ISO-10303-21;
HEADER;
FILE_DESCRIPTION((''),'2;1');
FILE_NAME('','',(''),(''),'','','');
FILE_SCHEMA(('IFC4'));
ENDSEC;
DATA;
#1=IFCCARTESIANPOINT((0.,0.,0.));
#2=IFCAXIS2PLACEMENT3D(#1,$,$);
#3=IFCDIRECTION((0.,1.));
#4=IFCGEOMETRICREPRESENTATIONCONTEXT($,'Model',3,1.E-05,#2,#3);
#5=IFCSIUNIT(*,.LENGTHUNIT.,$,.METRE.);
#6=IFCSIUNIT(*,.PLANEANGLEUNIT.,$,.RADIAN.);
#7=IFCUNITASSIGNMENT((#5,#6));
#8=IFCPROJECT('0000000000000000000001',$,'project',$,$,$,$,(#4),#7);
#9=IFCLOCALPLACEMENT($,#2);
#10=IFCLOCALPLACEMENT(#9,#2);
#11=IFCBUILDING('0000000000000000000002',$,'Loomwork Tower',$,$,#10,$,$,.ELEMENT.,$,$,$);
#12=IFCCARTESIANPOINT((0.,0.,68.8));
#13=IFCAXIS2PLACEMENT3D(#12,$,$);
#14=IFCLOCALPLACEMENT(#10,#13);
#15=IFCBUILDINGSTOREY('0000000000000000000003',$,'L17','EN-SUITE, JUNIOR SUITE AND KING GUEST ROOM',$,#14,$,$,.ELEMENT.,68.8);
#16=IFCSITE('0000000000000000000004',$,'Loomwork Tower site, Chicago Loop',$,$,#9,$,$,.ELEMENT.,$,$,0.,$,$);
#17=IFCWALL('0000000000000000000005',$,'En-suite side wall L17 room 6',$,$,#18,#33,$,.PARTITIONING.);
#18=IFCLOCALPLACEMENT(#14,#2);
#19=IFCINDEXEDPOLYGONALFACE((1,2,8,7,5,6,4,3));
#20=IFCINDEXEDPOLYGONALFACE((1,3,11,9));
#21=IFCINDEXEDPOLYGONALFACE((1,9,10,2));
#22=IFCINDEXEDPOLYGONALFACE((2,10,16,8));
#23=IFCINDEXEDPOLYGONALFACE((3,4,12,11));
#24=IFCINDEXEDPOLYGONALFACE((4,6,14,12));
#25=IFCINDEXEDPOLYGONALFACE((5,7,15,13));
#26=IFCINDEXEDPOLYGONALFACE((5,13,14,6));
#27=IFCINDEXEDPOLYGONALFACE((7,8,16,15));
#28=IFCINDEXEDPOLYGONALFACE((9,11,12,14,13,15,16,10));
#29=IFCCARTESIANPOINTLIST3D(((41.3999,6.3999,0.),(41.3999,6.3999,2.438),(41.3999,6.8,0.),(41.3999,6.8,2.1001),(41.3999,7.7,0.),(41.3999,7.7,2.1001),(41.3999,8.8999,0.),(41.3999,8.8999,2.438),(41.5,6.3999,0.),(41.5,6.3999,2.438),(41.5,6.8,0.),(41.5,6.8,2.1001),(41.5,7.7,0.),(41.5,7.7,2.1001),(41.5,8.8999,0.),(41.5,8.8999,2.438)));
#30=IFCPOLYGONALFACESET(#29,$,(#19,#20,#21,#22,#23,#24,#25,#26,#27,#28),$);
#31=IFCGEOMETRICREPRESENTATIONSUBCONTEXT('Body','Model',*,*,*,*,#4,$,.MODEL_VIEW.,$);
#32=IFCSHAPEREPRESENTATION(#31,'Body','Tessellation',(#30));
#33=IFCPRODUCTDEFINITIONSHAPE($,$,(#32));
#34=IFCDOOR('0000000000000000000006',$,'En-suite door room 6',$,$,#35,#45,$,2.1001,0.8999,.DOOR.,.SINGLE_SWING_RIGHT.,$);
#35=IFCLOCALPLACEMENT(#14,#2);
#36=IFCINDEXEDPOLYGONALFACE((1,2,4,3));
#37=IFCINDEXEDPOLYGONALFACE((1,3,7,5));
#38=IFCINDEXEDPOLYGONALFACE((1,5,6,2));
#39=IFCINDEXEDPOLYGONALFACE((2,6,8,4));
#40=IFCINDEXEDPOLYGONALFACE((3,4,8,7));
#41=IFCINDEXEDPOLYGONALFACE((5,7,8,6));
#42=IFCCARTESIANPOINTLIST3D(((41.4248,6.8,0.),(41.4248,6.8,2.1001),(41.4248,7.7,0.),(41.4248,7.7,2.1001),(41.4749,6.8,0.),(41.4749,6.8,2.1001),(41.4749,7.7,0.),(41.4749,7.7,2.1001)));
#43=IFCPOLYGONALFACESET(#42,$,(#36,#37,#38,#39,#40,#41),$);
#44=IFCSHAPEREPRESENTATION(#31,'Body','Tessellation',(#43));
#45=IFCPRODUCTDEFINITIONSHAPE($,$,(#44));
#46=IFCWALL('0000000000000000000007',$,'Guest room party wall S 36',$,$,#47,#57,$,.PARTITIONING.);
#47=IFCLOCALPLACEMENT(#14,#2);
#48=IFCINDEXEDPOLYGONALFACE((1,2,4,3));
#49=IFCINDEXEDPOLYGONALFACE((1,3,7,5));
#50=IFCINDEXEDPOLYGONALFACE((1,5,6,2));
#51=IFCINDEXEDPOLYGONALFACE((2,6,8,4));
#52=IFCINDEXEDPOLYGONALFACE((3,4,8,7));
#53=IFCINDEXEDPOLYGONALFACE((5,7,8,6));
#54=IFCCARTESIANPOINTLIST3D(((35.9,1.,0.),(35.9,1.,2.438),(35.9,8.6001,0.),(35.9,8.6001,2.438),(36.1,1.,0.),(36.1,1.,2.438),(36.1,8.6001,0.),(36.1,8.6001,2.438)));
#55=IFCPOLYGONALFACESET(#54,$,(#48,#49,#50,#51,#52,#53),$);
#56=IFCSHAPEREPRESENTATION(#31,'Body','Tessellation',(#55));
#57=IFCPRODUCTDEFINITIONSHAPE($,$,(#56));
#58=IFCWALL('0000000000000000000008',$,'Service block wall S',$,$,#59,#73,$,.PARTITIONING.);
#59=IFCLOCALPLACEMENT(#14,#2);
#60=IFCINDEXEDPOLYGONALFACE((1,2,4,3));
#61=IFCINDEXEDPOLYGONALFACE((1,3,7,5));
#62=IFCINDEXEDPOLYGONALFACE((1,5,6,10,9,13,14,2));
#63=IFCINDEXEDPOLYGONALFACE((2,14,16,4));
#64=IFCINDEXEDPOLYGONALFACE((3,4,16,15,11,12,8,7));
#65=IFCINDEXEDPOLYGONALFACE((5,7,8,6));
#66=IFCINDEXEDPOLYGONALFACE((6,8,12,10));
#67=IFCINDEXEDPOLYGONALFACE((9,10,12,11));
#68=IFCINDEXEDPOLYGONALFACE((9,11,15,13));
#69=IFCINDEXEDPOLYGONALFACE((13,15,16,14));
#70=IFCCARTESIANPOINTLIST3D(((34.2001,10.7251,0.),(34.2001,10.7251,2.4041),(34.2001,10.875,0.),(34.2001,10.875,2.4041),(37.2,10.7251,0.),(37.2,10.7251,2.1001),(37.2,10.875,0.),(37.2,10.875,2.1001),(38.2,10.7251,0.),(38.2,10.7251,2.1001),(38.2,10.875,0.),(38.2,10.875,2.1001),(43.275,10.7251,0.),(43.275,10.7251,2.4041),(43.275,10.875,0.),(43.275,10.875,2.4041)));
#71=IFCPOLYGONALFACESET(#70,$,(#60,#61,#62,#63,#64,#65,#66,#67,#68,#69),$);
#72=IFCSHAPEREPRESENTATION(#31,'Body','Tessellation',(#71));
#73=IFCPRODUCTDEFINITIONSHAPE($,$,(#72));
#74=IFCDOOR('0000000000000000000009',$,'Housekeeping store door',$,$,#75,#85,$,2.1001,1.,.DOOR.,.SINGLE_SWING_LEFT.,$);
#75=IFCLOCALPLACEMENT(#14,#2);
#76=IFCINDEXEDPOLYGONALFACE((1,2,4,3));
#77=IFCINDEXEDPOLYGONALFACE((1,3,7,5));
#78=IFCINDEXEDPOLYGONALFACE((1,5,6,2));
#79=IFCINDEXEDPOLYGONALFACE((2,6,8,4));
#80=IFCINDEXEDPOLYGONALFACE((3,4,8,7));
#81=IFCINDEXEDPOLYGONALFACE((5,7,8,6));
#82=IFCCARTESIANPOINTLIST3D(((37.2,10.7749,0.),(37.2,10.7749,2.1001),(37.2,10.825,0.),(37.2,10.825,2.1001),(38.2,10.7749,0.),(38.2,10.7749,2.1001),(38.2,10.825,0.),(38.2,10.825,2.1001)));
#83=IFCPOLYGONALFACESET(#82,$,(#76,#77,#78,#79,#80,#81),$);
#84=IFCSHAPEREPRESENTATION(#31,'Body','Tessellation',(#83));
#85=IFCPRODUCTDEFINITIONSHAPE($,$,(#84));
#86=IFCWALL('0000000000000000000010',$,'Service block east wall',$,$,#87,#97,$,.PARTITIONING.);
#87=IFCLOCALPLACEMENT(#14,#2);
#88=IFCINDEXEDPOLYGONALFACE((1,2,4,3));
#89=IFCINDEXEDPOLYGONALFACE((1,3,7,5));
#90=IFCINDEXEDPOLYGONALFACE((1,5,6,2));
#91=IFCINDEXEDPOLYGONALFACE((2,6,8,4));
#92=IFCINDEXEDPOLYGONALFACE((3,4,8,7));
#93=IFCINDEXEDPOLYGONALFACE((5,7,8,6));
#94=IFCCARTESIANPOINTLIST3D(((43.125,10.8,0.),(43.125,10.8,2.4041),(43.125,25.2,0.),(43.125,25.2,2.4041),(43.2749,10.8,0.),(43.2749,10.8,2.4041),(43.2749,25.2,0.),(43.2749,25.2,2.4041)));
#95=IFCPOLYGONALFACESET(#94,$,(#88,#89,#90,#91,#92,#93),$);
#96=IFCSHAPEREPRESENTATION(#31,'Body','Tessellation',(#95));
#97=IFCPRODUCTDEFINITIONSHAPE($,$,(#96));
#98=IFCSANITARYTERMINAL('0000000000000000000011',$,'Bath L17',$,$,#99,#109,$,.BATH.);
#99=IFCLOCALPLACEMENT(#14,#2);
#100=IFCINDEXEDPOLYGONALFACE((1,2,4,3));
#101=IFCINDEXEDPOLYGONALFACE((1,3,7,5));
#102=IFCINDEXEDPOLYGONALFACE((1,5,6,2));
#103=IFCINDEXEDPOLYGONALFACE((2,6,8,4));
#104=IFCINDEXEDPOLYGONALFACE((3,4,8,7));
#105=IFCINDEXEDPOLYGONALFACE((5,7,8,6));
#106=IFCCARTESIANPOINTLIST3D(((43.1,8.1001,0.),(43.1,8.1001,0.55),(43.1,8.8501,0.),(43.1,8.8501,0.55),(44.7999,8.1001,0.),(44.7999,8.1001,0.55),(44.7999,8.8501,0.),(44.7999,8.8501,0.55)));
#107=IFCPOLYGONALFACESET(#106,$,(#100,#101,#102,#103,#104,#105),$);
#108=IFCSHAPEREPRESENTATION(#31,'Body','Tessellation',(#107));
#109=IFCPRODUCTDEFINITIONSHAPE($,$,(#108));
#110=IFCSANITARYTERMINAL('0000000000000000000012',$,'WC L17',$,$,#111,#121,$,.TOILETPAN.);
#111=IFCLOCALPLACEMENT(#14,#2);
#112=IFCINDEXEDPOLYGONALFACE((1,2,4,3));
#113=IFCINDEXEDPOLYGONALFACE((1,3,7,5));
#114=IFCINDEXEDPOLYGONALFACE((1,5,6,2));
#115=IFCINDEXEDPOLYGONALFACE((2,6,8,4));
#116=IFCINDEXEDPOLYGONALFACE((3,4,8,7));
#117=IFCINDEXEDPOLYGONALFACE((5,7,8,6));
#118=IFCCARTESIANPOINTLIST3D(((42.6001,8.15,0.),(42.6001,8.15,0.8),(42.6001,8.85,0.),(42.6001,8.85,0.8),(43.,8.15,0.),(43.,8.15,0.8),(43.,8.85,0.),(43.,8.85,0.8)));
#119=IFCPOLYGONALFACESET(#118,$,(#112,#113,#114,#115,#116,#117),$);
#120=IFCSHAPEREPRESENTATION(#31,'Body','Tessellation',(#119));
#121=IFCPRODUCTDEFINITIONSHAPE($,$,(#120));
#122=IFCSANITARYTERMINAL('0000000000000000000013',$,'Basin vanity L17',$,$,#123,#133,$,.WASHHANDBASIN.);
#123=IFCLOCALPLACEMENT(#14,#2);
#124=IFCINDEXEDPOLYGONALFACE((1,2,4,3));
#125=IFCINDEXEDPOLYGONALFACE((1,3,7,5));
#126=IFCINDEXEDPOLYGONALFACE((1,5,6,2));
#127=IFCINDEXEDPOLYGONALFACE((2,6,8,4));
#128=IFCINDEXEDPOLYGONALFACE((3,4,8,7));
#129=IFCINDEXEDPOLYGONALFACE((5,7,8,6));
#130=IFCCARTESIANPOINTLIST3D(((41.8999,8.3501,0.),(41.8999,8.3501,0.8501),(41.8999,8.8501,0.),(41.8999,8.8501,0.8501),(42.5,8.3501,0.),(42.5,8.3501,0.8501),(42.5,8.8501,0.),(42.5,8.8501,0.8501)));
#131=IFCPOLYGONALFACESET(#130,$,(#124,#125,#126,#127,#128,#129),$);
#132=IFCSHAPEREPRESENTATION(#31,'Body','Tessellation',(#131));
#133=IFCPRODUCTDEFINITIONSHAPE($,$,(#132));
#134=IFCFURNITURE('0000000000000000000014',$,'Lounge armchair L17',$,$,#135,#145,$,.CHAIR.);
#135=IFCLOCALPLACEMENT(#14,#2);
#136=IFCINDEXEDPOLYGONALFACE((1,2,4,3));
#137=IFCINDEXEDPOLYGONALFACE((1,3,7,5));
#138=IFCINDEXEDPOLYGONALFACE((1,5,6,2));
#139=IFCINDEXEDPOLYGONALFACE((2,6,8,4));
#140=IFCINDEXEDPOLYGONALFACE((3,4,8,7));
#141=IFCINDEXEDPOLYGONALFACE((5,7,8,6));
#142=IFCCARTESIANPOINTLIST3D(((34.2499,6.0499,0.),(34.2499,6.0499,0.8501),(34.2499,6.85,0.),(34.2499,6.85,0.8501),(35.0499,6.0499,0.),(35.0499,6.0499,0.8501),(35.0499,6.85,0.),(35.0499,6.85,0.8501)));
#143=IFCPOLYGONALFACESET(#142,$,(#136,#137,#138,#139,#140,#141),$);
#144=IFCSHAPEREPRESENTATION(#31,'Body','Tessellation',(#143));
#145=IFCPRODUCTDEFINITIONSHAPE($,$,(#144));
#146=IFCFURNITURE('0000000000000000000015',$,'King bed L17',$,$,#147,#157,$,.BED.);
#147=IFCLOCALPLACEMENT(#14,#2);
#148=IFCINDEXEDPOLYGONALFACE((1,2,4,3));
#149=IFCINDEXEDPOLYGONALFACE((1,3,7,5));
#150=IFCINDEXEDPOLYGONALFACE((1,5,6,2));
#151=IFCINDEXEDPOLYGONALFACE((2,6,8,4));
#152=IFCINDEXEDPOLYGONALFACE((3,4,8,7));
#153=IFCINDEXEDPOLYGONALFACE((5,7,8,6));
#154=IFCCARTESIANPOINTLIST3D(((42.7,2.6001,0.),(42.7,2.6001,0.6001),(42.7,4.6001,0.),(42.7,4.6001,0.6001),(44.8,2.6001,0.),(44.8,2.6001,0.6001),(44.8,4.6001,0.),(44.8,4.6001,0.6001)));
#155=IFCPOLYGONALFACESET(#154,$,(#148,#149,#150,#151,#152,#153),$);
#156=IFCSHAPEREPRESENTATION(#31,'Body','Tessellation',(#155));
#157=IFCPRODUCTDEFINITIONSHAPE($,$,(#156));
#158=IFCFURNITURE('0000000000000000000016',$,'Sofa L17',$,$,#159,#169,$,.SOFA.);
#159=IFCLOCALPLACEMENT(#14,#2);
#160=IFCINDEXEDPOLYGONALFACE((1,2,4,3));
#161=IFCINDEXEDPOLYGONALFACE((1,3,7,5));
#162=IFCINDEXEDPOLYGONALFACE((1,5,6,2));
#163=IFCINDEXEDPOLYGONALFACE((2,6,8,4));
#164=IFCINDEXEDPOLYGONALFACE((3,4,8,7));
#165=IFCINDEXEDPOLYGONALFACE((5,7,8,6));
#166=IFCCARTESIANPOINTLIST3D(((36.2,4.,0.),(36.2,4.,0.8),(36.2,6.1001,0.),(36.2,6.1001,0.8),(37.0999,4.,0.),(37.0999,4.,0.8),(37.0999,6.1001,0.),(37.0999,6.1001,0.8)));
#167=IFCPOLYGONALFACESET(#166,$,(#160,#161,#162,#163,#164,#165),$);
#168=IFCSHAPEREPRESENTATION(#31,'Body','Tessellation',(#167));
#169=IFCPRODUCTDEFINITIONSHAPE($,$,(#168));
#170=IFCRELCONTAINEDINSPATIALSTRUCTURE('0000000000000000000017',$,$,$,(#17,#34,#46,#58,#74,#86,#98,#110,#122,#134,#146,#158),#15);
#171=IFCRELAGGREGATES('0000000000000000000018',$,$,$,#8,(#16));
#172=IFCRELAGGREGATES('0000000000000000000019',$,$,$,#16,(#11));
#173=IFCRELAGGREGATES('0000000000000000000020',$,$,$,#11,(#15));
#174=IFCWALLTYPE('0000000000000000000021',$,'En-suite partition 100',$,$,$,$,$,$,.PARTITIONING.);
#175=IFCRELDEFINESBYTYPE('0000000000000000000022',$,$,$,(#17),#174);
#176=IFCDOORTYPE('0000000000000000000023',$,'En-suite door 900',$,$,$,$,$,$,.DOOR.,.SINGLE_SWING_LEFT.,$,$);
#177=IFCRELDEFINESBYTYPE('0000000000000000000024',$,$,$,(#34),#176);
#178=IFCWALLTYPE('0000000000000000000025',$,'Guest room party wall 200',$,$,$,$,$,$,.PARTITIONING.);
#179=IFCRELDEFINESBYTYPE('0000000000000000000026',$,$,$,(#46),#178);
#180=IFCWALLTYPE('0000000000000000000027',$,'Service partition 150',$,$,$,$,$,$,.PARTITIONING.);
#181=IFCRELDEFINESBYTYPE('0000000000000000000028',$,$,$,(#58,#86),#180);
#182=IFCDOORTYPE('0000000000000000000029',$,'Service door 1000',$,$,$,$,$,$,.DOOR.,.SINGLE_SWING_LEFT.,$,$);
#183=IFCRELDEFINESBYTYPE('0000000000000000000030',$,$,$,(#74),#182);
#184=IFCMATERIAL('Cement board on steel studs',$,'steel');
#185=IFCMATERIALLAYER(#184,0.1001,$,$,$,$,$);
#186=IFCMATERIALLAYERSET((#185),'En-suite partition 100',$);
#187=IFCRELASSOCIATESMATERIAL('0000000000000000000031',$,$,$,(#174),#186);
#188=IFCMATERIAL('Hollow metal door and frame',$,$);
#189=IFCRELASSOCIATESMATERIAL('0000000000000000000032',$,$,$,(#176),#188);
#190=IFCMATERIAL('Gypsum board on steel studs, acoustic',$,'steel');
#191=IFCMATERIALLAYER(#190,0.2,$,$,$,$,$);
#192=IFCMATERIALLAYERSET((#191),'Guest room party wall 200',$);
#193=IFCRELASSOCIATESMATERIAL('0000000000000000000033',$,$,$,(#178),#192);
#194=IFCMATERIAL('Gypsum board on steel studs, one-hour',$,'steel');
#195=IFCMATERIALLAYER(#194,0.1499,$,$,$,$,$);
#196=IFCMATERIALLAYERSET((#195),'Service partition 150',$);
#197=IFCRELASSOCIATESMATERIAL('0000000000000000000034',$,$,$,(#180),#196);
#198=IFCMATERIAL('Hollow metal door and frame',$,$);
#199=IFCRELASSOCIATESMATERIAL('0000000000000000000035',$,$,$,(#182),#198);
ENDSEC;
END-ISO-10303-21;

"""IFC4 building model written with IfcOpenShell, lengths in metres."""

from ifc_helpers import new_model, si_unit, direction, frame, frame_2d, origin, origin_2d, place, context, subcontext, project, spatial, rectangle, extrude, material, layer, layer_set, type_object, element, fill, save


model = new_model("IFC4")

# Units and contexts
model_context = context("Model", 3, precision=1e-05, world=origin(), true_north=direction((0.0, 1.0)))
body_context = subcontext(model_context, "Body", "Model", "MODEL_VIEW")
ifc_project = project(units=[si_unit("LENGTHUNIT", "METRE"), si_unit("PLANEANGLEUNIT", "RADIAN")], contexts=[model_context])

# Site, building, storey
site_placement = place(None, origin())
site = spatial("IfcSite", under=ifc_project, at=site_placement, Name="Loomwork Tower site, Chicago Loop", CompositionType="ELEMENT", RefElevation=0.0)
building_placement = place(site_placement, origin())
building = spatial("IfcBuilding", under=site, at=building_placement, Name="Loomwork Tower", CompositionType="ELEMENT")
storey_placement = place(building_placement, frame((0.0, 0.0, 68.8)))
storey = spatial("IfcBuildingStorey", under=building, at=storey_placement, Name="L17", Description="EN-SUITE, JUNIOR SUITE AND KING GUEST ROOM", CompositionType="ELEMENT", Elevation=68.8)

# Shared definitions
ifc_material_1 = material(Name="Cement board on steel studs", Category="steel")
ifc_layer_1 = layer(ifc_material_1, 0.1001)
ifc_layer_set_1 = layer_set([ifc_layer_1], Name="En-suite partition 100")
wall_type_1 = type_object("IfcWallType", Name="En-suite partition 100", PredefinedType="PARTITIONING", material=ifc_layer_set_1)

# Wall, opening, door
wall_1_placement = place(storey_placement, frame((41.45, 8.8999, 0.0), z_axis=(0.0, 0.0, 1.0), x_axis=(0.0, -1.0, 0.0)))
wall_1 = element("IfcWall", 1, at=wall_1_placement, inside=storey, type_object=wall_type_1, Name="En-suite side wall L17 room 6", PredefinedType="PARTITIONING", context=body_context, shape_type="SweptSolid", body=[
    extrude(rectangle(XDim=2.5, YDim=0.1001, at=frame_2d((1.25, 0.0))), origin(), (0.0, 0.0, 1.0), 2.438),
])
opening_1_placement = place(wall_1_placement, frame((1.2, 0.0, 0.0)))
opening_1 = element("IfcOpeningElement", 2, at=opening_1_placement, cuts=wall_1, PredefinedType="OPENING", context=body_context, shape_type="SweptSolid", body=[
    extrude(rectangle(XDim=0.8999, YDim=2.1001, at=frame_2d((0.45, 1.05))), frame((0.0, 0.0601, 0.0), z_axis=(0.0, -1.0, 0.0), x_axis=(1.0, 0.0, 0.0)), (0.0, 0.0, 1.0), 0.1201),
])
ifc_material_2 = material(Name="Hollow metal door and frame")
door_type_1 = type_object("IfcDoorType", Name="En-suite door 900", OperationType="SINGLE_SWING_LEFT", PredefinedType="DOOR", material=ifc_material_2)
door_1_placement = place(opening_1_placement, origin())
door_1 = element("IfcDoor", 3, at=door_1_placement, inside=storey, type_object=door_type_1, Name="En-suite door room 6", OperationType="SINGLE_SWING_RIGHT", OverallHeight=2.1001, OverallWidth=0.8999, PredefinedType="DOOR", context=body_context, shape_type="SweptSolid", body=[
    extrude(rectangle(XDim=0.8999, YDim=2.1001, at=frame_2d((0.45, 1.05))), frame((0.0, 0.0249, 0.0), z_axis=(0.0, -1.0, 0.0), x_axis=(1.0, 0.0, 0.0)), (0.0, 0.0, 1.0), 0.05),
])
fill(opening_1, door_1)

# Wall
ifc_material_3 = material(Name="Gypsum board on steel studs, acoustic", Category="steel")
ifc_layer_2 = layer(ifc_material_3, 0.2)
ifc_layer_set_2 = layer_set([ifc_layer_2], Name="Guest room party wall 200")
wall_type_2 = type_object("IfcWallType", Name="Guest room party wall 200", PredefinedType="PARTITIONING", material=ifc_layer_set_2)
wall_2_placement = place(storey_placement, frame((36.0, 8.6001, 0.0), z_axis=(0.0, 0.0, 1.0), x_axis=(0.0, -1.0, 0.0)))
element("IfcWall", 4, at=wall_2_placement, inside=storey, type_object=wall_type_2, Name="Guest room party wall S 36", PredefinedType="PARTITIONING", context=body_context, shape_type="SweptSolid", body=[
    extrude(rectangle(XDim=7.6001, YDim=0.2, at=frame_2d((3.8, 0.0))), origin(), (0.0, 0.0, 1.0), 2.438),
])

# Wall, opening, door
ifc_material_4 = material(Name="Gypsum board on steel studs, one-hour", Category="steel")
ifc_layer_3 = layer(ifc_material_4, 0.1499)
ifc_layer_set_3 = layer_set([ifc_layer_3], Name="Service partition 150")
wall_type_3 = type_object("IfcWallType", Name="Service partition 150", PredefinedType="PARTITIONING", material=ifc_layer_set_3)
wall_3_placement = place(storey_placement, frame((34.2, 10.8, 0.0), z_axis=(0.0, 0.0, 1.0), x_axis=(1.0, 0.0, 0.0)))
wall_3 = element("IfcWall", 5, at=wall_3_placement, inside=storey, type_object=wall_type_3, Name="Service block wall S", PredefinedType="PARTITIONING", context=body_context, shape_type="SweptSolid", body=[
    extrude(rectangle(XDim=9.075, YDim=0.1499, at=frame_2d((4.5376, 0.0))), origin(), (0.0, 0.0, 1.0), 2.4041),
])
opening_2_placement = place(wall_3_placement, frame((3.0, 0.0, 0.0)))
opening_2 = element("IfcOpeningElement", 6, at=opening_2_placement, cuts=wall_3, PredefinedType="OPENING", context=body_context, shape_type="SweptSolid", body=[
    extrude(rectangle(XDim=1.0, YDim=2.1001, at=frame_2d((0.5, 1.05))), frame((0.0, 0.085, 0.0), z_axis=(0.0, -1.0, 0.0), x_axis=(1.0, 0.0, 0.0)), (0.0, 0.0, 1.0), 0.1699),
])
ifc_material_5 = material(Name="Hollow metal door and frame")
door_type_2 = type_object("IfcDoorType", Name="Service door 1000", OperationType="SINGLE_SWING_LEFT", PredefinedType="DOOR", material=ifc_material_5)
door_2_placement = place(opening_2_placement, origin())
door_2 = element("IfcDoor", 7, at=door_2_placement, inside=storey, type_object=door_type_2, Name="Housekeeping store door", OperationType="SINGLE_SWING_LEFT", OverallHeight=2.1001, OverallWidth=1.0, PredefinedType="DOOR", context=body_context, shape_type="SweptSolid", body=[
    extrude(rectangle(XDim=1.0, YDim=2.1001, at=frame_2d((0.5, 1.05))), frame((0.0, 0.0249, 0.0), z_axis=(0.0, -1.0, 0.0), x_axis=(1.0, 0.0, 0.0)), (0.0, 0.0, 1.0), 0.05),
])
fill(opening_2, door_2)

# Wall
wall_4_placement = place(storey_placement, frame((43.2, 10.8, 0.0), z_axis=(0.0, 0.0, 1.0), x_axis=(0.0, 1.0, 0.0)))
element("IfcWall", 8, at=wall_4_placement, inside=storey, type_object=wall_type_3, Name="Service block east wall", PredefinedType="PARTITIONING", context=body_context, shape_type="SweptSolid", body=[
    extrude(rectangle(XDim=14.3999, YDim=0.1499, at=frame_2d((7.2, 0.0))), origin(), (0.0, 0.0, 1.0), 2.4041),
])

# Sanitary terminals
sanitary_terminal_1_placement = place(storey_placement, frame((43.95, 8.4751, 0.0), z_axis=(0.0, 0.0, 1.0), x_axis=(1.0, 0.0, 0.0)))
element("IfcSanitaryTerminal", 9, at=sanitary_terminal_1_placement, inside=storey, Name="Bath L17", PredefinedType="BATH", context=body_context, shape_type="SweptSolid", body=[
    extrude(rectangle(XDim=1.7, YDim=0.75, at=origin_2d()), origin(), (0.0, 0.0, 1.0), 0.55),
])
sanitary_terminal_2_placement = place(storey_placement, frame((42.8, 8.5, 0.0), z_axis=(0.0, 0.0, 1.0), x_axis=(1.0, 0.0, 0.0)))
element("IfcSanitaryTerminal", 10, at=sanitary_terminal_2_placement, inside=storey, Name="WC L17", PredefinedType="TOILETPAN", context=body_context, shape_type="SweptSolid", body=[
    extrude(rectangle(XDim=0.3999, YDim=0.7, at=origin_2d()), origin(), (0.0, 0.0, 1.0), 0.8),
])
sanitary_terminal_3_placement = place(storey_placement, frame((42.2, 8.6001, 0.0), z_axis=(0.0, 0.0, 1.0), x_axis=(1.0, 0.0, 0.0)))
element("IfcSanitaryTerminal", 11, at=sanitary_terminal_3_placement, inside=storey, Name="Basin vanity L17", PredefinedType="WASHHANDBASIN", context=body_context, shape_type="SweptSolid", body=[
    extrude(rectangle(XDim=0.6001, YDim=0.5, at=origin_2d()), origin(), (0.0, 0.0, 1.0), 0.8501),
])

# Furniture
furniture_1_placement = place(storey_placement, frame((34.6499, 6.45, 0.0), z_axis=(0.0, 0.0, 1.0), x_axis=(1.0, 0.0, 0.0)))
element("IfcFurniture", 12, at=furniture_1_placement, inside=storey, Name="Lounge armchair L17", PredefinedType="CHAIR", context=body_context, shape_type="SweptSolid", body=[
    extrude(rectangle(XDim=0.8, YDim=0.8, at=origin_2d()), origin(), (0.0, 0.0, 1.0), 0.8501),
])
furniture_2_placement = place(storey_placement, frame((43.75, 3.6001, 0.0), z_axis=(0.0, 0.0, 1.0), x_axis=(1.0, 0.0, 0.0)))
element("IfcFurniture", 13, at=furniture_2_placement, inside=storey, Name="King bed L17", PredefinedType="BED", context=body_context, shape_type="SweptSolid", body=[
    extrude(rectangle(XDim=2.1001, YDim=2.0, at=origin_2d()), origin(), (0.0, 0.0, 1.0), 0.6001),
])
furniture_3_placement = place(storey_placement, frame((36.6499, 5.05, 0.0), z_axis=(0.0, 0.0, 1.0), x_axis=(1.0, 0.0, 0.0)))
element("IfcFurniture", 14, at=furniture_3_placement, inside=storey, Name="Sofa L17", PredefinedType="SOFA", context=body_context, shape_type="SweptSolid", body=[
    extrude(rectangle(XDim=0.8999, YDim=2.1001, at=origin_2d()), origin(), (0.0, 0.0, 1.0), 0.8),
])

save(model, "model.ifc")
